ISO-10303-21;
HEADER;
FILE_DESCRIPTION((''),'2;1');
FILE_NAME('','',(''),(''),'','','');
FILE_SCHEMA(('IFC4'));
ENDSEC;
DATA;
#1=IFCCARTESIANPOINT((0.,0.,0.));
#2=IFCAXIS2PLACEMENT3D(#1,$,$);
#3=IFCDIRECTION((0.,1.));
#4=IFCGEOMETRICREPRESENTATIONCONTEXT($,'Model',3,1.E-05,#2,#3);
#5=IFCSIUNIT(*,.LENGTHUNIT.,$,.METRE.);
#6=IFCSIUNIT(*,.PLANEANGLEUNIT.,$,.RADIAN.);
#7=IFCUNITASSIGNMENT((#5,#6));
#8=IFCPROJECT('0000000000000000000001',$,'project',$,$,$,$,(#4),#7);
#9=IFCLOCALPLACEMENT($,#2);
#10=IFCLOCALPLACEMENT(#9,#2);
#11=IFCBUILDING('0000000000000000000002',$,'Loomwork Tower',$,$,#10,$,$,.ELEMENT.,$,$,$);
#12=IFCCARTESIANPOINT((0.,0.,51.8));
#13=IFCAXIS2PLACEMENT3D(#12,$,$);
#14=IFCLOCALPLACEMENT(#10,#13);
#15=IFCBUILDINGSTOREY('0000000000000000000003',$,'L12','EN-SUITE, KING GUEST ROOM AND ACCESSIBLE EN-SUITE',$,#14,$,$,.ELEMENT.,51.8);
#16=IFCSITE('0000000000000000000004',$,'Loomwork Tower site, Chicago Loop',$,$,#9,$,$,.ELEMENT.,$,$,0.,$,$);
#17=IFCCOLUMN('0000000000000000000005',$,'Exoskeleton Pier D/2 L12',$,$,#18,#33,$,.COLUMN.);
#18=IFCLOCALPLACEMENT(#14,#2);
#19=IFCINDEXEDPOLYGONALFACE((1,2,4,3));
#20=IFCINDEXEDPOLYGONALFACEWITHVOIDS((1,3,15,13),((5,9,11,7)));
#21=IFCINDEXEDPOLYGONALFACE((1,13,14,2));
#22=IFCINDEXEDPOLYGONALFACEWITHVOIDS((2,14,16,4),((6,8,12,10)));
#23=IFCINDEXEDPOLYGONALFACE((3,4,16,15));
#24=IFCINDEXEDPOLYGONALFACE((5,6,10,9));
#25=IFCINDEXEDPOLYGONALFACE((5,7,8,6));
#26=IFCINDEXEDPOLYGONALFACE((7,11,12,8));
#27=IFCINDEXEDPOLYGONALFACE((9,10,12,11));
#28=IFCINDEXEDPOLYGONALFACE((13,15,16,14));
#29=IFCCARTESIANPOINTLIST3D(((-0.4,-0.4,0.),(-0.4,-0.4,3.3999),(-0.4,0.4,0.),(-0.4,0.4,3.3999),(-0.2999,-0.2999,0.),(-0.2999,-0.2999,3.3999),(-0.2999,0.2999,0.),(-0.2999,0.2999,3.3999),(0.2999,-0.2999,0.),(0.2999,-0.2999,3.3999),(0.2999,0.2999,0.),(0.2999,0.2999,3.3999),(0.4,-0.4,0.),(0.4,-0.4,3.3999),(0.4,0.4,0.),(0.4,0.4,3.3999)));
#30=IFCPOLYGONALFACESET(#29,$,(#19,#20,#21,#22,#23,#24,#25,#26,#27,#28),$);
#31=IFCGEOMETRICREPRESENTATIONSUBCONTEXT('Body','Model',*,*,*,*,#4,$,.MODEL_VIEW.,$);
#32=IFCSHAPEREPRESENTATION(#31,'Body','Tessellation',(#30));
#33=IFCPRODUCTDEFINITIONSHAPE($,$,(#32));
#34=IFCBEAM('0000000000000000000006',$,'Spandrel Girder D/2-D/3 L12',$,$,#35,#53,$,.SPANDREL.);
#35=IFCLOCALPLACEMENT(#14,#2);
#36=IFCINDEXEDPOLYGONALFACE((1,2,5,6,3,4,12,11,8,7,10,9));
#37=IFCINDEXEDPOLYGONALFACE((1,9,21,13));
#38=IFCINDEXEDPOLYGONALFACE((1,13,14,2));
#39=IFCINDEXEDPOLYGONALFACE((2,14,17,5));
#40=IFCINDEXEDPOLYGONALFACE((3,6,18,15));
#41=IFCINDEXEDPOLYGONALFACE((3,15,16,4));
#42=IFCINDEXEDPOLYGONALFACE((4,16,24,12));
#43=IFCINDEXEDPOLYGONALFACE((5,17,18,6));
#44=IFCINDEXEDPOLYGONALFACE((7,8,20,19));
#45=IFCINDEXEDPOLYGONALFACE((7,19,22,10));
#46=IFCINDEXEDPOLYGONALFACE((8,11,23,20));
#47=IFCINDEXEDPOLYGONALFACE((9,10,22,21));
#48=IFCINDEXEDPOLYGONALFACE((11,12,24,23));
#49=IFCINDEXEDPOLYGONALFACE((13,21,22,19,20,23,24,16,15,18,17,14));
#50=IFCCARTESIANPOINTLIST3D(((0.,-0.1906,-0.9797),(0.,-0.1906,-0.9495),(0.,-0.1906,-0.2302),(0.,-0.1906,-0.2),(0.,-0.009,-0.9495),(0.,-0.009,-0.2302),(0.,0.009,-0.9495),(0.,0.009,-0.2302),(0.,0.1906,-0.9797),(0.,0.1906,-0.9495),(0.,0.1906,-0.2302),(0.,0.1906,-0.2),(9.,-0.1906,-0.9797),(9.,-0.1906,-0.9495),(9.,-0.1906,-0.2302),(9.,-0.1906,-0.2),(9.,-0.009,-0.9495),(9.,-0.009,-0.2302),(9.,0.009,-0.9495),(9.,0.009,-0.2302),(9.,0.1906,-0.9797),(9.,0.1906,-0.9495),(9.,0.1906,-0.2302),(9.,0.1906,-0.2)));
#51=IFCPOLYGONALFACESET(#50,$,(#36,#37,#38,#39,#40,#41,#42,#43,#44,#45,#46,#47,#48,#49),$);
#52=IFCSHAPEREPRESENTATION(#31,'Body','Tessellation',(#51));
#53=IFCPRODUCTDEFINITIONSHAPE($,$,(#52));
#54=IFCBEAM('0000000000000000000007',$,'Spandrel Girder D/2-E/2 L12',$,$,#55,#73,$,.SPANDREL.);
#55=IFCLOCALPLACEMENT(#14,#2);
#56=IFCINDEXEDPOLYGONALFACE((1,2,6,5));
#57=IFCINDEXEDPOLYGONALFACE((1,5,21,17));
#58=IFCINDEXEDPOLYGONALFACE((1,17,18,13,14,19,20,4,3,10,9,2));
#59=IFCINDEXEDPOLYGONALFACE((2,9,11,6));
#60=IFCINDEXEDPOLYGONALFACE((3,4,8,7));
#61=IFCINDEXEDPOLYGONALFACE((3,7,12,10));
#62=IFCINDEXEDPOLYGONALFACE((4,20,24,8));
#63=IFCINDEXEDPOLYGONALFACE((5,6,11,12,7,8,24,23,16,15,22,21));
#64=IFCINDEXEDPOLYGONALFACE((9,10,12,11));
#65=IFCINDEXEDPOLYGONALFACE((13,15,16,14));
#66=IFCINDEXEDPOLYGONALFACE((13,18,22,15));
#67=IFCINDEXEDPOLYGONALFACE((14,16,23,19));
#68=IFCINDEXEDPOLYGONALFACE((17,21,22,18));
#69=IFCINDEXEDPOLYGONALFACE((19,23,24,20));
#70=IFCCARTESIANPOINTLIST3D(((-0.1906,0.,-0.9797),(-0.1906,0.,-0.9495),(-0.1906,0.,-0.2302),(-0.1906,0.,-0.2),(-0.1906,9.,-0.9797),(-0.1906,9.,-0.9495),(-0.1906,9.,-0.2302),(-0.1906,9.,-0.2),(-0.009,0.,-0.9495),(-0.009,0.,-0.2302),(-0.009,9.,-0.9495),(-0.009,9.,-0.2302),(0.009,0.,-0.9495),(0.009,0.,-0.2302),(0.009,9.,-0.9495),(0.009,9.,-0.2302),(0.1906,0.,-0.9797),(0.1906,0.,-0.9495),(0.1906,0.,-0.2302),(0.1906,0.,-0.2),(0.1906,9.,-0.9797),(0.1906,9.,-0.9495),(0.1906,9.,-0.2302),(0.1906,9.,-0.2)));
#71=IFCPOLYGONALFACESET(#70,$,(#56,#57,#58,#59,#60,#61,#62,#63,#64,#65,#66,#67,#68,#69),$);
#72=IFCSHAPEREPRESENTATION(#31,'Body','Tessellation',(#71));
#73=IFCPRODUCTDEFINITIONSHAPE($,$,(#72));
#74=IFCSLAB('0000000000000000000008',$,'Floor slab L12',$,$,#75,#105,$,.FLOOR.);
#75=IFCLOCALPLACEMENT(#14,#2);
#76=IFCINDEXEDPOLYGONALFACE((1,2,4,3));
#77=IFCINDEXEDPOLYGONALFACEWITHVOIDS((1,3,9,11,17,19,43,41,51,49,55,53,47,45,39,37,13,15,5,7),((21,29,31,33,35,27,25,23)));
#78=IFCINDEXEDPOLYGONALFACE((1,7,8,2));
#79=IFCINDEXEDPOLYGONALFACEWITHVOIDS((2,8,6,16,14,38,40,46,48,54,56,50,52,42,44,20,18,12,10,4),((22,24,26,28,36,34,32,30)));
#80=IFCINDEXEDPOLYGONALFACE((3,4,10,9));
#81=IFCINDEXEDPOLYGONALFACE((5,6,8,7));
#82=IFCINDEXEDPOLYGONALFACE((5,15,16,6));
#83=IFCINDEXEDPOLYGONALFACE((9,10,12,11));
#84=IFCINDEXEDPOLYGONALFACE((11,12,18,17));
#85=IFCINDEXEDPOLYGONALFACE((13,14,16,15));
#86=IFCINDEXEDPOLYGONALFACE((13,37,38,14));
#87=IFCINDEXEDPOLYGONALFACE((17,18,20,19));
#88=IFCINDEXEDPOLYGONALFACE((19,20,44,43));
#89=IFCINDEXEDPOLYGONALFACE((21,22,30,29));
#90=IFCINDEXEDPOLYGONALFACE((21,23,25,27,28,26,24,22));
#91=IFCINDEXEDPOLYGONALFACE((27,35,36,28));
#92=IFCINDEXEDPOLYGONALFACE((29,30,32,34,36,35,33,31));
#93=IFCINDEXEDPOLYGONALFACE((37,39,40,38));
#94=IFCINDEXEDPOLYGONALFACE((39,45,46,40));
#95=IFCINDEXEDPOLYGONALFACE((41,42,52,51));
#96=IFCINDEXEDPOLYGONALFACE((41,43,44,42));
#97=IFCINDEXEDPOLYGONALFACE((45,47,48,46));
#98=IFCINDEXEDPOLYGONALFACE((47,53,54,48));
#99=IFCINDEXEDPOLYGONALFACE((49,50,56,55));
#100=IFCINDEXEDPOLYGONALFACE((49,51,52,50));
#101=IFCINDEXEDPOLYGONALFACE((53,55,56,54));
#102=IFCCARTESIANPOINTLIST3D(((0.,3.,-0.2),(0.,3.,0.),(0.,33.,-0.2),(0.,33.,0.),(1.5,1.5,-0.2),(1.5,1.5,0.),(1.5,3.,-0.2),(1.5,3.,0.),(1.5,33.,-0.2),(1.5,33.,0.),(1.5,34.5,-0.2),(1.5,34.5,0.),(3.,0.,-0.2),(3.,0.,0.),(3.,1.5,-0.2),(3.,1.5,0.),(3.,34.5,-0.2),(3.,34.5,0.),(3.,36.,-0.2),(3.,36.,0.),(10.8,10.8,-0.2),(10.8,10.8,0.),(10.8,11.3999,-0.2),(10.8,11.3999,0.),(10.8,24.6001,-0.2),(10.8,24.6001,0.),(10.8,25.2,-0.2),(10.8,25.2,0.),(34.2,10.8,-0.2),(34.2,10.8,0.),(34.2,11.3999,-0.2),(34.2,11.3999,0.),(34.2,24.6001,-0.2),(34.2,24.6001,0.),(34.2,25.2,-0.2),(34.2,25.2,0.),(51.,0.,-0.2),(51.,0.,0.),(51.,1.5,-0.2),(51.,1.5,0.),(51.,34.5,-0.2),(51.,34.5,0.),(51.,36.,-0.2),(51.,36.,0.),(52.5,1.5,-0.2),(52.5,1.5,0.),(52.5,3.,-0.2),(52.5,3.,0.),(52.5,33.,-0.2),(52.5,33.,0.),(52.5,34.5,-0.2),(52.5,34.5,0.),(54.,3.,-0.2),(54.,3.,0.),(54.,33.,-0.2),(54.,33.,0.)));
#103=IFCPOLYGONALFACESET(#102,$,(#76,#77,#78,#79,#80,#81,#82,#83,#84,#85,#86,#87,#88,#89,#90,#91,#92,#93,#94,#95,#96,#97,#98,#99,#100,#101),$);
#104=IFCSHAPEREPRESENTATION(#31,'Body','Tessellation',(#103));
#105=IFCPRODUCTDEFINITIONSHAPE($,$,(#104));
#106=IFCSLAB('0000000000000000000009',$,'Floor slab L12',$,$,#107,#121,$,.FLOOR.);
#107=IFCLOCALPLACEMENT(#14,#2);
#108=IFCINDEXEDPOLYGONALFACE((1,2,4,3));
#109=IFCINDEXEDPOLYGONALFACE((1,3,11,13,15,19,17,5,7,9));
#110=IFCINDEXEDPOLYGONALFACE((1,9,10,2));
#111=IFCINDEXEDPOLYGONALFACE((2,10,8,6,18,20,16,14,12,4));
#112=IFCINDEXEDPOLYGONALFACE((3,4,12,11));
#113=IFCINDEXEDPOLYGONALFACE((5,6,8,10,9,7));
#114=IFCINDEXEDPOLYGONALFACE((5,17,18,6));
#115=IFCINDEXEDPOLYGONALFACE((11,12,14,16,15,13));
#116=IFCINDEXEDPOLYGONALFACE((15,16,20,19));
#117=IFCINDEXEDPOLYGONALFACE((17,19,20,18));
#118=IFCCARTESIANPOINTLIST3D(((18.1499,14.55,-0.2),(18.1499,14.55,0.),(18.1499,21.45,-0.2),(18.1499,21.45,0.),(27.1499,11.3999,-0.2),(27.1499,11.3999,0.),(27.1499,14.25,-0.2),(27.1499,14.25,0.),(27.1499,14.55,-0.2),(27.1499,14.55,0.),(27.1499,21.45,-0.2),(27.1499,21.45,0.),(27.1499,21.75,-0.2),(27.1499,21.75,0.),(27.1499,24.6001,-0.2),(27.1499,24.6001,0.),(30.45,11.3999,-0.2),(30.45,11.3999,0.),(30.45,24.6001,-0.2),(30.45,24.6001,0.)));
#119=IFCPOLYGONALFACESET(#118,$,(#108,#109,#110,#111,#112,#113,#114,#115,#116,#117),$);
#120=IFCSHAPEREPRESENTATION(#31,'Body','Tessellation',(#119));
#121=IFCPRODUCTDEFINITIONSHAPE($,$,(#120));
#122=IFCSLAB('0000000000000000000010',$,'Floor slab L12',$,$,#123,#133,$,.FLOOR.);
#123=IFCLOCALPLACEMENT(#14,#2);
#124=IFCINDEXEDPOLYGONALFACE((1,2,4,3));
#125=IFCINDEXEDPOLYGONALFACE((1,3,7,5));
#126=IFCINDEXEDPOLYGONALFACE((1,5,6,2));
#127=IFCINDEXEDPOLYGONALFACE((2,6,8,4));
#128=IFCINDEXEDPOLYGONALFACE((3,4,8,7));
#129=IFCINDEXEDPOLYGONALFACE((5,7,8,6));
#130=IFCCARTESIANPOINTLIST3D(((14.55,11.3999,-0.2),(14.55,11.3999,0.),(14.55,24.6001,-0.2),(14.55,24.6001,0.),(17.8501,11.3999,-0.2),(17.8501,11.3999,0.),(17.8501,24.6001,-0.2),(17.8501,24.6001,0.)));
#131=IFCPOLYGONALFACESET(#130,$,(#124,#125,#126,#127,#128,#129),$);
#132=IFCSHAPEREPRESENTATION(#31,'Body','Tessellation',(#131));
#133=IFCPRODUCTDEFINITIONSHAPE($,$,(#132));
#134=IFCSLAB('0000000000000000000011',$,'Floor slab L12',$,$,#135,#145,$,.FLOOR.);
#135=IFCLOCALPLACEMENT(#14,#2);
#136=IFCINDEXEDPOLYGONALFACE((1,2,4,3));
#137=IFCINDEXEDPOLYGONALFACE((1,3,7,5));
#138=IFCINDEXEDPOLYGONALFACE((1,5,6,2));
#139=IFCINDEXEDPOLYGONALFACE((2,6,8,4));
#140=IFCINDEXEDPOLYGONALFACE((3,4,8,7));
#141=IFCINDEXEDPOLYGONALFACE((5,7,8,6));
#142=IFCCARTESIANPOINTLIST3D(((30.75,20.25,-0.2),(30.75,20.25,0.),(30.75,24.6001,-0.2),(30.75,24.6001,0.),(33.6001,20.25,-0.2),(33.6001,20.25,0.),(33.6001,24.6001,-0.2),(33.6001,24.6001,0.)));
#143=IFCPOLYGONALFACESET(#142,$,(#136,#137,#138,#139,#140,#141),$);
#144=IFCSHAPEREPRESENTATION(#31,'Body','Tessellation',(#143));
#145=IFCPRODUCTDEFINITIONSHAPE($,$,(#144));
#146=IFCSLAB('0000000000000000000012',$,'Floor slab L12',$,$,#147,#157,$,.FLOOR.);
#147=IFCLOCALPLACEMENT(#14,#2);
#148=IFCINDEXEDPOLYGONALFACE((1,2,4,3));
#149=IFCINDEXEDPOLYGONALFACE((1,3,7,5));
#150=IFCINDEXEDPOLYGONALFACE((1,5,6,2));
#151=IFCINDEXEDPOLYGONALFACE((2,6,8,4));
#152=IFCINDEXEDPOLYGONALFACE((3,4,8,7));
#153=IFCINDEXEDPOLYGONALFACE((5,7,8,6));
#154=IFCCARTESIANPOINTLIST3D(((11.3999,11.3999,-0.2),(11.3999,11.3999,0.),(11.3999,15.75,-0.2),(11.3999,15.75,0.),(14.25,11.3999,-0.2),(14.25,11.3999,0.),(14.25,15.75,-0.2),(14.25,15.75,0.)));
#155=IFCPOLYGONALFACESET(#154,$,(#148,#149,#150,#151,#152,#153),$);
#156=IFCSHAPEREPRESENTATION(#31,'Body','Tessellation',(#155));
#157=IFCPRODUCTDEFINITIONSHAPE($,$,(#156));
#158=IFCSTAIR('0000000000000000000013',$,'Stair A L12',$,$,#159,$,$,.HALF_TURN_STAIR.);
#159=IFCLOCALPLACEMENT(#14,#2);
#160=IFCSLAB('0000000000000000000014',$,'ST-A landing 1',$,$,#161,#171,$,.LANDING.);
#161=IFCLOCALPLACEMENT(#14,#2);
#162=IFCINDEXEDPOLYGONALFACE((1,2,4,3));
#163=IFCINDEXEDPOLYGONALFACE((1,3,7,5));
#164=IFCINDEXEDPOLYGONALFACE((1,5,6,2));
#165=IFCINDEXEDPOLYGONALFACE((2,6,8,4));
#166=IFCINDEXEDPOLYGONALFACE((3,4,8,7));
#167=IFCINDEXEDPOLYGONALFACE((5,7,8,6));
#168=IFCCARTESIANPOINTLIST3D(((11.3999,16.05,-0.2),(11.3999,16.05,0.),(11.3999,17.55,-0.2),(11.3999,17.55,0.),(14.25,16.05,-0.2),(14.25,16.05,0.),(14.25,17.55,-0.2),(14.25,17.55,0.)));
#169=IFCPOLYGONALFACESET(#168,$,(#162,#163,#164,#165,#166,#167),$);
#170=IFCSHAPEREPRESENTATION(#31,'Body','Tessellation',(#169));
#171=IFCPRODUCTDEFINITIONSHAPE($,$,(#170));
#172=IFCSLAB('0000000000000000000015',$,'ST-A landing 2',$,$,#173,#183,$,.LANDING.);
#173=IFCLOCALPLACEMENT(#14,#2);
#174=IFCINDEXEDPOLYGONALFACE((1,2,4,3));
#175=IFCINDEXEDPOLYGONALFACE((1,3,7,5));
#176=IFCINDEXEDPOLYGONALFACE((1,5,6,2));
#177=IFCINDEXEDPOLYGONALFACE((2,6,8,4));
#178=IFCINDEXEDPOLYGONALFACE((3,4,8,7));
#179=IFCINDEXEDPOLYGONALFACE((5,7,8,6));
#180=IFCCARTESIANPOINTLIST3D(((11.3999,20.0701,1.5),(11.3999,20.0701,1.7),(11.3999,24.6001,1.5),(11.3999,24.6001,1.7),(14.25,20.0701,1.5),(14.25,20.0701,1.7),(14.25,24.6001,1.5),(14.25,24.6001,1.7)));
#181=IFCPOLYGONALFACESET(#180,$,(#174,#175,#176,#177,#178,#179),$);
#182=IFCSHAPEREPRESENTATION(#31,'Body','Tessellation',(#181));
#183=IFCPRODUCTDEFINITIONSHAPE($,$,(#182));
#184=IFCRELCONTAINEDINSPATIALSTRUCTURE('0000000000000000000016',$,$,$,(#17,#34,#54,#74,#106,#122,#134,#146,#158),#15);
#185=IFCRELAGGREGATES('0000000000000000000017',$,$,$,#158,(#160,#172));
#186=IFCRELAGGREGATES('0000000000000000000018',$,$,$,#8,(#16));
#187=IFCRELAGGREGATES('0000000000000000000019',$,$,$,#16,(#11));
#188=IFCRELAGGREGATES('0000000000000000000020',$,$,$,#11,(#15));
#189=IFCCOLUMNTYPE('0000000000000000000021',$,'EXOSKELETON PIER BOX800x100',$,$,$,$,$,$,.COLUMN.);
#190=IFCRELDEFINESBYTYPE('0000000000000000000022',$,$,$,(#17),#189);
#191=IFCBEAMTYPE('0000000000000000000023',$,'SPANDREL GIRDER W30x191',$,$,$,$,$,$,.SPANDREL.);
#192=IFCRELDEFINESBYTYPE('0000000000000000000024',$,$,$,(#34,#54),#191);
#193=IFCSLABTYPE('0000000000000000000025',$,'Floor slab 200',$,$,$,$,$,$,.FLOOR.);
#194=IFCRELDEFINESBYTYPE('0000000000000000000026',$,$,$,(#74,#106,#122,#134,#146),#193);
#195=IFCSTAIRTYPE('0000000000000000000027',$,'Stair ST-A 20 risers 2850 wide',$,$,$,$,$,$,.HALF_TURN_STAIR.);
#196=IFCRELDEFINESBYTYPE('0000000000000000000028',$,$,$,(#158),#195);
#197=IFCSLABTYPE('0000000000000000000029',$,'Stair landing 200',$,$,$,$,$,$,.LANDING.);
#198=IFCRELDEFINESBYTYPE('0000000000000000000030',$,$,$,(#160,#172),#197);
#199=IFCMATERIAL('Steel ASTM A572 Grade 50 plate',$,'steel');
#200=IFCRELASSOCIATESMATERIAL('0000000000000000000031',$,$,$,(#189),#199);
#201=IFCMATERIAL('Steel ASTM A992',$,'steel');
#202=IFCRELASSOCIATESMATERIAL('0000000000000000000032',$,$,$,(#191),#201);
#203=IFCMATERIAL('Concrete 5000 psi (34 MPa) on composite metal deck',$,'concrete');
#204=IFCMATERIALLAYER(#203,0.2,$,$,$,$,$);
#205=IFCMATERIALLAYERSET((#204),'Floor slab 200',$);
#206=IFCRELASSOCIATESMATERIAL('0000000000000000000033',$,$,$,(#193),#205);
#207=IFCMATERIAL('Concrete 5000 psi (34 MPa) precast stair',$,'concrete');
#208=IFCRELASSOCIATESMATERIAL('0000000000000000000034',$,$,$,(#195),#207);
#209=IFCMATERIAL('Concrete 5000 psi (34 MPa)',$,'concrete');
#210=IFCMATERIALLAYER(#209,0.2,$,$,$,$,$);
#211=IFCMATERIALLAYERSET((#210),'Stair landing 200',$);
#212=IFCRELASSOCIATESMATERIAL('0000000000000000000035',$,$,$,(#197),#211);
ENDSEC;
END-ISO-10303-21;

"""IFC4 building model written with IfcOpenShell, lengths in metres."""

from ifc_helpers import new_model, si_unit, direction, frame, origin, origin_with_axes, origin_2d, place, context, subcontext, project, spatial, polyline, hollow_rectangle, i_section, outline, extrude, material, layer, layer_set, material_profile, profile_set, type_object, element, aggregate, save


model = new_model("IFC4")

# Units and contexts
model_context = context("Model", 3, precision=1e-05, world=origin(), true_north=direction((0.0, 1.0)))
body_context = subcontext(model_context, "Body", "Model", "MODEL_VIEW")
ifc_project = project(units=[si_unit("LENGTHUNIT", "METRE"), si_unit("PLANEANGLEUNIT", "RADIAN")], contexts=[model_context])

# Site, building, storey
site_placement = place(None, origin())
site = spatial("IfcSite", under=ifc_project, at=site_placement, Name="Loomwork Tower site, Chicago Loop", CompositionType="ELEMENT", RefElevation=0.0)
building_placement = place(site_placement, origin())
building = spatial("IfcBuilding", under=site, at=building_placement, Name="Loomwork Tower", CompositionType="ELEMENT")
storey_placement = place(building_placement, frame((0.0, 0.0, 51.8)))
storey = spatial("IfcBuildingStorey", under=building, at=storey_placement, Name="L12", Description="EN-SUITE, KING GUEST ROOM AND ACCESSIBLE EN-SUITE", CompositionType="ELEMENT", Elevation=51.8)

# Column
ifc_material_1 = material(Name="Steel ASTM A572 Grade 50 plate", Category="steel")
ifc_material_profile_1 = material_profile(ifc_material_1, hollow_rectangle(XDim=0.8, YDim=0.8, WallThickness=0.1001, at=origin_2d()), Name="BOX800x100")
ifc_profile_set_1 = profile_set([ifc_material_profile_1], Name="Steel ASTM A572 Grade 50 plate")
column_type = type_object("IfcColumnType", Name="EXOSKELETON PIER BOX800x100", PredefinedType="COLUMN", material=ifc_profile_set_1)
column_placement = place(storey_placement, origin_with_axes())
element("IfcColumn", 1, at=column_placement, inside=storey, type_object=column_type, Name="Exoskeleton Pier D/2 L12", PredefinedType="COLUMN", context=body_context, shape_type="SweptSolid", body=[
    extrude(hollow_rectangle(XDim=0.8, YDim=0.8, WallThickness=0.1001, at=origin_2d()), origin(), (0.0, 0.0, 1.0), 3.3999),
])

# Beams
ifc_material_2 = material(Name="Steel ASTM A992", Category="steel")
ifc_material_profile_2 = material_profile(ifc_material_2, i_section(OverallWidth=0.3811, OverallDepth=0.7798, WebThickness=0.0181, FlangeThickness=0.0303, at=origin_2d()), Name="W30x191")
ifc_profile_set_2 = profile_set([ifc_material_profile_2], Name="Steel ASTM A992")
beam_type = type_object("IfcBeamType", Name="SPANDREL GIRDER W30x191", PredefinedType="SPANDREL", material=ifc_profile_set_2)
for number, where, z_axis, x_axis, name in (
    (2, (0.0, 0.0, -0.5898), (1.0, 0.0, 0.0), (0.0, 1.0, 0.0), "Spandrel Girder D/2-D/3 L12"),
    (3, (0.0, 0.0, -0.5898), (0.0, 1.0, 0.0), (-1.0, 0.0, 0.0), "Spandrel Girder D/2-E/2 L12"),
):
    element("IfcBeam", number, at=place(storey_placement, frame(where, z_axis=z_axis, x_axis=x_axis)), inside=storey, type_object=beam_type, Name=name, PredefinedType="SPANDREL", context=body_context, shape_type="SweptSolid", body=[
        extrude(i_section(OverallWidth=0.3811, OverallDepth=0.7798, WebThickness=0.0181, FlangeThickness=0.0303, at=origin_2d()), origin(), (0.0, 0.0, 1.0), 9.0),
    ])

# Slabs
ifc_material_3 = material(Name="Concrete 5000 psi (34 MPa) on composite metal deck", Category="concrete")
ifc_layer_1 = layer(ifc_material_3, 0.2)
ifc_layer_set_1 = layer_set([ifc_layer_1], Name="Floor slab 200")
slab_type_1 = type_object("IfcSlabType", Name="Floor slab 200", PredefinedType="FLOOR", material=ifc_layer_set_1)
slab_1_placement = place(storey_placement, frame((0.0, 0.0, -0.2)))
element("IfcSlab", 4, at=slab_1_placement, inside=storey, type_object=slab_type_1, Name="Floor slab L12", PredefinedType="FLOOR", context=body_context, shape_type="SweptSolid", body=[
    extrude(outline(polyline([(3.0, 1.5), (1.5, 1.5), (1.5, 3.0), (0.0, 3.0), (0.0, 33.0), (1.5, 33.0), (1.5, 34.5), (3.0, 34.5), (3.0, 36.0), (51.0, 36.0), (51.0, 34.5), (52.5, 34.5), (52.5, 33.0), (54.0, 33.0), (54.0, 3.0), (52.5, 3.0), (52.5, 1.5), (51.0, 1.5), (51.0, 0.0), (3.0, 0.0), (3.0, 1.5)]), holes=[polyline([(10.8, 11.3999), (10.8, 11.3999), (10.8, 10.8), (34.2, 10.8), (34.2, 11.3999), (34.2, 11.3999), (34.2, 24.6001), (34.2, 25.2), (10.8, 25.2), (10.8, 24.6001), (10.8, 11.3999)])]), origin(), (0.0, 0.0, 1.0), 0.2),
])
slab_2_placement = place(storey_placement, frame((0.0, 0.0, -0.2)))
element("IfcSlab", 5, at=slab_2_placement, inside=storey, type_object=slab_type_1, Name="Floor slab L12", PredefinedType="FLOOR", context=body_context, shape_type="SweptSolid", body=[
    extrude(outline(polyline([(30.45, 24.6001), (30.45, 11.3999), (27.1499, 11.3999), (27.1499, 14.25), (27.1499, 14.55), (18.1499, 14.55), (18.1499, 21.45), (27.1499, 21.45), (27.1499, 21.75), (27.1499, 24.6001), (30.45, 24.6001)])), origin(), (0.0, 0.0, 1.0), 0.2),
])
slab_3_placement = place(storey_placement, frame((0.0, 0.0, -0.2)))
element("IfcSlab", 6, at=slab_3_placement, inside=storey, type_object=slab_type_1, Name="Floor slab L12", PredefinedType="FLOOR", context=body_context, shape_type="SweptSolid", body=[
    extrude(outline(polyline([(14.55, 11.3999), (14.55, 24.6001), (17.8501, 24.6001), (17.8501, 11.3999), (14.55, 11.3999)])), origin(), (0.0, 0.0, 1.0), 0.2),
])
slab_4_placement = place(storey_placement, frame((0.0, 0.0, -0.2)))
element("IfcSlab", 7, at=slab_4_placement, inside=storey, type_object=slab_type_1, Name="Floor slab L12", PredefinedType="FLOOR", context=body_context, shape_type="SweptSolid", body=[
    extrude(outline(polyline([(33.6001, 20.25), (30.75, 20.25), (30.75, 24.6001), (33.6001, 24.6001), (33.6001, 20.25)])), origin(), (0.0, 0.0, 1.0), 0.2),
])
slab_5_placement = place(storey_placement, frame((0.0, 0.0, -0.2)))
element("IfcSlab", 8, at=slab_5_placement, inside=storey, type_object=slab_type_1, Name="Floor slab L12", PredefinedType="FLOOR", context=body_context, shape_type="SweptSolid", body=[
    extrude(outline(polyline([(14.25, 15.75), (14.25, 11.3999), (11.3999, 11.3999), (11.3999, 15.75), (14.25, 15.75)])), origin(), (0.0, 0.0, 1.0), 0.2),
])

# Stair, slabs
ifc_material_4 = material(Name="Concrete 5000 psi (34 MPa) precast stair", Category="concrete")
stair_type_1 = type_object("IfcStairType", Name="Stair ST-A 20 risers 2850 wide", PredefinedType="HALF_TURN_STAIR", material=ifc_material_4)
stair_1_placement = place(storey_placement, origin())
stair_1 = element("IfcStair", 9, at=stair_1_placement, inside=storey, type_object=stair_type_1, Name="Stair A L12", PredefinedType="HALF_TURN_STAIR")
ifc_material_5 = material(Name="Concrete 5000 psi (34 MPa)", Category="concrete")
ifc_layer_2 = layer(ifc_material_5, 0.2)
ifc_layer_set_2 = layer_set([ifc_layer_2], Name="Stair landing 200")
slab_type_2 = type_object("IfcSlabType", Name="Stair landing 200", PredefinedType="LANDING", material=ifc_layer_set_2)
slab_6_placement = place(storey_placement, frame((0.0, 0.0, -0.2)))
slab_6 = element("IfcSlab", 10, at=slab_6_placement, type_object=slab_type_2, Name="ST-A landing 1", PredefinedType="LANDING", context=body_context, shape_type="SweptSolid", body=[
    extrude(outline(polyline([(11.3999, 16.05), (14.25, 16.05), (14.25, 17.55), (11.3999, 17.55), (11.3999, 16.05)])), origin(), (0.0, 0.0, 1.0), 0.2),
])
slab_7_placement = place(storey_placement, frame((0.0, 0.0, 1.5)))
slab_7 = element("IfcSlab", 11, at=slab_7_placement, type_object=slab_type_2, Name="ST-A landing 2", PredefinedType="LANDING", context=body_context, shape_type="SweptSolid", body=[
    extrude(outline(polyline([(11.3999, 20.0701), (14.25, 20.0701), (14.25, 24.6001), (11.3999, 24.6001), (11.3999, 20.0701)])), origin(), (0.0, 0.0, 1.0), 0.2),
])
aggregate(stair_1, [slab_6, slab_7])

save(model, "model.ifc")
